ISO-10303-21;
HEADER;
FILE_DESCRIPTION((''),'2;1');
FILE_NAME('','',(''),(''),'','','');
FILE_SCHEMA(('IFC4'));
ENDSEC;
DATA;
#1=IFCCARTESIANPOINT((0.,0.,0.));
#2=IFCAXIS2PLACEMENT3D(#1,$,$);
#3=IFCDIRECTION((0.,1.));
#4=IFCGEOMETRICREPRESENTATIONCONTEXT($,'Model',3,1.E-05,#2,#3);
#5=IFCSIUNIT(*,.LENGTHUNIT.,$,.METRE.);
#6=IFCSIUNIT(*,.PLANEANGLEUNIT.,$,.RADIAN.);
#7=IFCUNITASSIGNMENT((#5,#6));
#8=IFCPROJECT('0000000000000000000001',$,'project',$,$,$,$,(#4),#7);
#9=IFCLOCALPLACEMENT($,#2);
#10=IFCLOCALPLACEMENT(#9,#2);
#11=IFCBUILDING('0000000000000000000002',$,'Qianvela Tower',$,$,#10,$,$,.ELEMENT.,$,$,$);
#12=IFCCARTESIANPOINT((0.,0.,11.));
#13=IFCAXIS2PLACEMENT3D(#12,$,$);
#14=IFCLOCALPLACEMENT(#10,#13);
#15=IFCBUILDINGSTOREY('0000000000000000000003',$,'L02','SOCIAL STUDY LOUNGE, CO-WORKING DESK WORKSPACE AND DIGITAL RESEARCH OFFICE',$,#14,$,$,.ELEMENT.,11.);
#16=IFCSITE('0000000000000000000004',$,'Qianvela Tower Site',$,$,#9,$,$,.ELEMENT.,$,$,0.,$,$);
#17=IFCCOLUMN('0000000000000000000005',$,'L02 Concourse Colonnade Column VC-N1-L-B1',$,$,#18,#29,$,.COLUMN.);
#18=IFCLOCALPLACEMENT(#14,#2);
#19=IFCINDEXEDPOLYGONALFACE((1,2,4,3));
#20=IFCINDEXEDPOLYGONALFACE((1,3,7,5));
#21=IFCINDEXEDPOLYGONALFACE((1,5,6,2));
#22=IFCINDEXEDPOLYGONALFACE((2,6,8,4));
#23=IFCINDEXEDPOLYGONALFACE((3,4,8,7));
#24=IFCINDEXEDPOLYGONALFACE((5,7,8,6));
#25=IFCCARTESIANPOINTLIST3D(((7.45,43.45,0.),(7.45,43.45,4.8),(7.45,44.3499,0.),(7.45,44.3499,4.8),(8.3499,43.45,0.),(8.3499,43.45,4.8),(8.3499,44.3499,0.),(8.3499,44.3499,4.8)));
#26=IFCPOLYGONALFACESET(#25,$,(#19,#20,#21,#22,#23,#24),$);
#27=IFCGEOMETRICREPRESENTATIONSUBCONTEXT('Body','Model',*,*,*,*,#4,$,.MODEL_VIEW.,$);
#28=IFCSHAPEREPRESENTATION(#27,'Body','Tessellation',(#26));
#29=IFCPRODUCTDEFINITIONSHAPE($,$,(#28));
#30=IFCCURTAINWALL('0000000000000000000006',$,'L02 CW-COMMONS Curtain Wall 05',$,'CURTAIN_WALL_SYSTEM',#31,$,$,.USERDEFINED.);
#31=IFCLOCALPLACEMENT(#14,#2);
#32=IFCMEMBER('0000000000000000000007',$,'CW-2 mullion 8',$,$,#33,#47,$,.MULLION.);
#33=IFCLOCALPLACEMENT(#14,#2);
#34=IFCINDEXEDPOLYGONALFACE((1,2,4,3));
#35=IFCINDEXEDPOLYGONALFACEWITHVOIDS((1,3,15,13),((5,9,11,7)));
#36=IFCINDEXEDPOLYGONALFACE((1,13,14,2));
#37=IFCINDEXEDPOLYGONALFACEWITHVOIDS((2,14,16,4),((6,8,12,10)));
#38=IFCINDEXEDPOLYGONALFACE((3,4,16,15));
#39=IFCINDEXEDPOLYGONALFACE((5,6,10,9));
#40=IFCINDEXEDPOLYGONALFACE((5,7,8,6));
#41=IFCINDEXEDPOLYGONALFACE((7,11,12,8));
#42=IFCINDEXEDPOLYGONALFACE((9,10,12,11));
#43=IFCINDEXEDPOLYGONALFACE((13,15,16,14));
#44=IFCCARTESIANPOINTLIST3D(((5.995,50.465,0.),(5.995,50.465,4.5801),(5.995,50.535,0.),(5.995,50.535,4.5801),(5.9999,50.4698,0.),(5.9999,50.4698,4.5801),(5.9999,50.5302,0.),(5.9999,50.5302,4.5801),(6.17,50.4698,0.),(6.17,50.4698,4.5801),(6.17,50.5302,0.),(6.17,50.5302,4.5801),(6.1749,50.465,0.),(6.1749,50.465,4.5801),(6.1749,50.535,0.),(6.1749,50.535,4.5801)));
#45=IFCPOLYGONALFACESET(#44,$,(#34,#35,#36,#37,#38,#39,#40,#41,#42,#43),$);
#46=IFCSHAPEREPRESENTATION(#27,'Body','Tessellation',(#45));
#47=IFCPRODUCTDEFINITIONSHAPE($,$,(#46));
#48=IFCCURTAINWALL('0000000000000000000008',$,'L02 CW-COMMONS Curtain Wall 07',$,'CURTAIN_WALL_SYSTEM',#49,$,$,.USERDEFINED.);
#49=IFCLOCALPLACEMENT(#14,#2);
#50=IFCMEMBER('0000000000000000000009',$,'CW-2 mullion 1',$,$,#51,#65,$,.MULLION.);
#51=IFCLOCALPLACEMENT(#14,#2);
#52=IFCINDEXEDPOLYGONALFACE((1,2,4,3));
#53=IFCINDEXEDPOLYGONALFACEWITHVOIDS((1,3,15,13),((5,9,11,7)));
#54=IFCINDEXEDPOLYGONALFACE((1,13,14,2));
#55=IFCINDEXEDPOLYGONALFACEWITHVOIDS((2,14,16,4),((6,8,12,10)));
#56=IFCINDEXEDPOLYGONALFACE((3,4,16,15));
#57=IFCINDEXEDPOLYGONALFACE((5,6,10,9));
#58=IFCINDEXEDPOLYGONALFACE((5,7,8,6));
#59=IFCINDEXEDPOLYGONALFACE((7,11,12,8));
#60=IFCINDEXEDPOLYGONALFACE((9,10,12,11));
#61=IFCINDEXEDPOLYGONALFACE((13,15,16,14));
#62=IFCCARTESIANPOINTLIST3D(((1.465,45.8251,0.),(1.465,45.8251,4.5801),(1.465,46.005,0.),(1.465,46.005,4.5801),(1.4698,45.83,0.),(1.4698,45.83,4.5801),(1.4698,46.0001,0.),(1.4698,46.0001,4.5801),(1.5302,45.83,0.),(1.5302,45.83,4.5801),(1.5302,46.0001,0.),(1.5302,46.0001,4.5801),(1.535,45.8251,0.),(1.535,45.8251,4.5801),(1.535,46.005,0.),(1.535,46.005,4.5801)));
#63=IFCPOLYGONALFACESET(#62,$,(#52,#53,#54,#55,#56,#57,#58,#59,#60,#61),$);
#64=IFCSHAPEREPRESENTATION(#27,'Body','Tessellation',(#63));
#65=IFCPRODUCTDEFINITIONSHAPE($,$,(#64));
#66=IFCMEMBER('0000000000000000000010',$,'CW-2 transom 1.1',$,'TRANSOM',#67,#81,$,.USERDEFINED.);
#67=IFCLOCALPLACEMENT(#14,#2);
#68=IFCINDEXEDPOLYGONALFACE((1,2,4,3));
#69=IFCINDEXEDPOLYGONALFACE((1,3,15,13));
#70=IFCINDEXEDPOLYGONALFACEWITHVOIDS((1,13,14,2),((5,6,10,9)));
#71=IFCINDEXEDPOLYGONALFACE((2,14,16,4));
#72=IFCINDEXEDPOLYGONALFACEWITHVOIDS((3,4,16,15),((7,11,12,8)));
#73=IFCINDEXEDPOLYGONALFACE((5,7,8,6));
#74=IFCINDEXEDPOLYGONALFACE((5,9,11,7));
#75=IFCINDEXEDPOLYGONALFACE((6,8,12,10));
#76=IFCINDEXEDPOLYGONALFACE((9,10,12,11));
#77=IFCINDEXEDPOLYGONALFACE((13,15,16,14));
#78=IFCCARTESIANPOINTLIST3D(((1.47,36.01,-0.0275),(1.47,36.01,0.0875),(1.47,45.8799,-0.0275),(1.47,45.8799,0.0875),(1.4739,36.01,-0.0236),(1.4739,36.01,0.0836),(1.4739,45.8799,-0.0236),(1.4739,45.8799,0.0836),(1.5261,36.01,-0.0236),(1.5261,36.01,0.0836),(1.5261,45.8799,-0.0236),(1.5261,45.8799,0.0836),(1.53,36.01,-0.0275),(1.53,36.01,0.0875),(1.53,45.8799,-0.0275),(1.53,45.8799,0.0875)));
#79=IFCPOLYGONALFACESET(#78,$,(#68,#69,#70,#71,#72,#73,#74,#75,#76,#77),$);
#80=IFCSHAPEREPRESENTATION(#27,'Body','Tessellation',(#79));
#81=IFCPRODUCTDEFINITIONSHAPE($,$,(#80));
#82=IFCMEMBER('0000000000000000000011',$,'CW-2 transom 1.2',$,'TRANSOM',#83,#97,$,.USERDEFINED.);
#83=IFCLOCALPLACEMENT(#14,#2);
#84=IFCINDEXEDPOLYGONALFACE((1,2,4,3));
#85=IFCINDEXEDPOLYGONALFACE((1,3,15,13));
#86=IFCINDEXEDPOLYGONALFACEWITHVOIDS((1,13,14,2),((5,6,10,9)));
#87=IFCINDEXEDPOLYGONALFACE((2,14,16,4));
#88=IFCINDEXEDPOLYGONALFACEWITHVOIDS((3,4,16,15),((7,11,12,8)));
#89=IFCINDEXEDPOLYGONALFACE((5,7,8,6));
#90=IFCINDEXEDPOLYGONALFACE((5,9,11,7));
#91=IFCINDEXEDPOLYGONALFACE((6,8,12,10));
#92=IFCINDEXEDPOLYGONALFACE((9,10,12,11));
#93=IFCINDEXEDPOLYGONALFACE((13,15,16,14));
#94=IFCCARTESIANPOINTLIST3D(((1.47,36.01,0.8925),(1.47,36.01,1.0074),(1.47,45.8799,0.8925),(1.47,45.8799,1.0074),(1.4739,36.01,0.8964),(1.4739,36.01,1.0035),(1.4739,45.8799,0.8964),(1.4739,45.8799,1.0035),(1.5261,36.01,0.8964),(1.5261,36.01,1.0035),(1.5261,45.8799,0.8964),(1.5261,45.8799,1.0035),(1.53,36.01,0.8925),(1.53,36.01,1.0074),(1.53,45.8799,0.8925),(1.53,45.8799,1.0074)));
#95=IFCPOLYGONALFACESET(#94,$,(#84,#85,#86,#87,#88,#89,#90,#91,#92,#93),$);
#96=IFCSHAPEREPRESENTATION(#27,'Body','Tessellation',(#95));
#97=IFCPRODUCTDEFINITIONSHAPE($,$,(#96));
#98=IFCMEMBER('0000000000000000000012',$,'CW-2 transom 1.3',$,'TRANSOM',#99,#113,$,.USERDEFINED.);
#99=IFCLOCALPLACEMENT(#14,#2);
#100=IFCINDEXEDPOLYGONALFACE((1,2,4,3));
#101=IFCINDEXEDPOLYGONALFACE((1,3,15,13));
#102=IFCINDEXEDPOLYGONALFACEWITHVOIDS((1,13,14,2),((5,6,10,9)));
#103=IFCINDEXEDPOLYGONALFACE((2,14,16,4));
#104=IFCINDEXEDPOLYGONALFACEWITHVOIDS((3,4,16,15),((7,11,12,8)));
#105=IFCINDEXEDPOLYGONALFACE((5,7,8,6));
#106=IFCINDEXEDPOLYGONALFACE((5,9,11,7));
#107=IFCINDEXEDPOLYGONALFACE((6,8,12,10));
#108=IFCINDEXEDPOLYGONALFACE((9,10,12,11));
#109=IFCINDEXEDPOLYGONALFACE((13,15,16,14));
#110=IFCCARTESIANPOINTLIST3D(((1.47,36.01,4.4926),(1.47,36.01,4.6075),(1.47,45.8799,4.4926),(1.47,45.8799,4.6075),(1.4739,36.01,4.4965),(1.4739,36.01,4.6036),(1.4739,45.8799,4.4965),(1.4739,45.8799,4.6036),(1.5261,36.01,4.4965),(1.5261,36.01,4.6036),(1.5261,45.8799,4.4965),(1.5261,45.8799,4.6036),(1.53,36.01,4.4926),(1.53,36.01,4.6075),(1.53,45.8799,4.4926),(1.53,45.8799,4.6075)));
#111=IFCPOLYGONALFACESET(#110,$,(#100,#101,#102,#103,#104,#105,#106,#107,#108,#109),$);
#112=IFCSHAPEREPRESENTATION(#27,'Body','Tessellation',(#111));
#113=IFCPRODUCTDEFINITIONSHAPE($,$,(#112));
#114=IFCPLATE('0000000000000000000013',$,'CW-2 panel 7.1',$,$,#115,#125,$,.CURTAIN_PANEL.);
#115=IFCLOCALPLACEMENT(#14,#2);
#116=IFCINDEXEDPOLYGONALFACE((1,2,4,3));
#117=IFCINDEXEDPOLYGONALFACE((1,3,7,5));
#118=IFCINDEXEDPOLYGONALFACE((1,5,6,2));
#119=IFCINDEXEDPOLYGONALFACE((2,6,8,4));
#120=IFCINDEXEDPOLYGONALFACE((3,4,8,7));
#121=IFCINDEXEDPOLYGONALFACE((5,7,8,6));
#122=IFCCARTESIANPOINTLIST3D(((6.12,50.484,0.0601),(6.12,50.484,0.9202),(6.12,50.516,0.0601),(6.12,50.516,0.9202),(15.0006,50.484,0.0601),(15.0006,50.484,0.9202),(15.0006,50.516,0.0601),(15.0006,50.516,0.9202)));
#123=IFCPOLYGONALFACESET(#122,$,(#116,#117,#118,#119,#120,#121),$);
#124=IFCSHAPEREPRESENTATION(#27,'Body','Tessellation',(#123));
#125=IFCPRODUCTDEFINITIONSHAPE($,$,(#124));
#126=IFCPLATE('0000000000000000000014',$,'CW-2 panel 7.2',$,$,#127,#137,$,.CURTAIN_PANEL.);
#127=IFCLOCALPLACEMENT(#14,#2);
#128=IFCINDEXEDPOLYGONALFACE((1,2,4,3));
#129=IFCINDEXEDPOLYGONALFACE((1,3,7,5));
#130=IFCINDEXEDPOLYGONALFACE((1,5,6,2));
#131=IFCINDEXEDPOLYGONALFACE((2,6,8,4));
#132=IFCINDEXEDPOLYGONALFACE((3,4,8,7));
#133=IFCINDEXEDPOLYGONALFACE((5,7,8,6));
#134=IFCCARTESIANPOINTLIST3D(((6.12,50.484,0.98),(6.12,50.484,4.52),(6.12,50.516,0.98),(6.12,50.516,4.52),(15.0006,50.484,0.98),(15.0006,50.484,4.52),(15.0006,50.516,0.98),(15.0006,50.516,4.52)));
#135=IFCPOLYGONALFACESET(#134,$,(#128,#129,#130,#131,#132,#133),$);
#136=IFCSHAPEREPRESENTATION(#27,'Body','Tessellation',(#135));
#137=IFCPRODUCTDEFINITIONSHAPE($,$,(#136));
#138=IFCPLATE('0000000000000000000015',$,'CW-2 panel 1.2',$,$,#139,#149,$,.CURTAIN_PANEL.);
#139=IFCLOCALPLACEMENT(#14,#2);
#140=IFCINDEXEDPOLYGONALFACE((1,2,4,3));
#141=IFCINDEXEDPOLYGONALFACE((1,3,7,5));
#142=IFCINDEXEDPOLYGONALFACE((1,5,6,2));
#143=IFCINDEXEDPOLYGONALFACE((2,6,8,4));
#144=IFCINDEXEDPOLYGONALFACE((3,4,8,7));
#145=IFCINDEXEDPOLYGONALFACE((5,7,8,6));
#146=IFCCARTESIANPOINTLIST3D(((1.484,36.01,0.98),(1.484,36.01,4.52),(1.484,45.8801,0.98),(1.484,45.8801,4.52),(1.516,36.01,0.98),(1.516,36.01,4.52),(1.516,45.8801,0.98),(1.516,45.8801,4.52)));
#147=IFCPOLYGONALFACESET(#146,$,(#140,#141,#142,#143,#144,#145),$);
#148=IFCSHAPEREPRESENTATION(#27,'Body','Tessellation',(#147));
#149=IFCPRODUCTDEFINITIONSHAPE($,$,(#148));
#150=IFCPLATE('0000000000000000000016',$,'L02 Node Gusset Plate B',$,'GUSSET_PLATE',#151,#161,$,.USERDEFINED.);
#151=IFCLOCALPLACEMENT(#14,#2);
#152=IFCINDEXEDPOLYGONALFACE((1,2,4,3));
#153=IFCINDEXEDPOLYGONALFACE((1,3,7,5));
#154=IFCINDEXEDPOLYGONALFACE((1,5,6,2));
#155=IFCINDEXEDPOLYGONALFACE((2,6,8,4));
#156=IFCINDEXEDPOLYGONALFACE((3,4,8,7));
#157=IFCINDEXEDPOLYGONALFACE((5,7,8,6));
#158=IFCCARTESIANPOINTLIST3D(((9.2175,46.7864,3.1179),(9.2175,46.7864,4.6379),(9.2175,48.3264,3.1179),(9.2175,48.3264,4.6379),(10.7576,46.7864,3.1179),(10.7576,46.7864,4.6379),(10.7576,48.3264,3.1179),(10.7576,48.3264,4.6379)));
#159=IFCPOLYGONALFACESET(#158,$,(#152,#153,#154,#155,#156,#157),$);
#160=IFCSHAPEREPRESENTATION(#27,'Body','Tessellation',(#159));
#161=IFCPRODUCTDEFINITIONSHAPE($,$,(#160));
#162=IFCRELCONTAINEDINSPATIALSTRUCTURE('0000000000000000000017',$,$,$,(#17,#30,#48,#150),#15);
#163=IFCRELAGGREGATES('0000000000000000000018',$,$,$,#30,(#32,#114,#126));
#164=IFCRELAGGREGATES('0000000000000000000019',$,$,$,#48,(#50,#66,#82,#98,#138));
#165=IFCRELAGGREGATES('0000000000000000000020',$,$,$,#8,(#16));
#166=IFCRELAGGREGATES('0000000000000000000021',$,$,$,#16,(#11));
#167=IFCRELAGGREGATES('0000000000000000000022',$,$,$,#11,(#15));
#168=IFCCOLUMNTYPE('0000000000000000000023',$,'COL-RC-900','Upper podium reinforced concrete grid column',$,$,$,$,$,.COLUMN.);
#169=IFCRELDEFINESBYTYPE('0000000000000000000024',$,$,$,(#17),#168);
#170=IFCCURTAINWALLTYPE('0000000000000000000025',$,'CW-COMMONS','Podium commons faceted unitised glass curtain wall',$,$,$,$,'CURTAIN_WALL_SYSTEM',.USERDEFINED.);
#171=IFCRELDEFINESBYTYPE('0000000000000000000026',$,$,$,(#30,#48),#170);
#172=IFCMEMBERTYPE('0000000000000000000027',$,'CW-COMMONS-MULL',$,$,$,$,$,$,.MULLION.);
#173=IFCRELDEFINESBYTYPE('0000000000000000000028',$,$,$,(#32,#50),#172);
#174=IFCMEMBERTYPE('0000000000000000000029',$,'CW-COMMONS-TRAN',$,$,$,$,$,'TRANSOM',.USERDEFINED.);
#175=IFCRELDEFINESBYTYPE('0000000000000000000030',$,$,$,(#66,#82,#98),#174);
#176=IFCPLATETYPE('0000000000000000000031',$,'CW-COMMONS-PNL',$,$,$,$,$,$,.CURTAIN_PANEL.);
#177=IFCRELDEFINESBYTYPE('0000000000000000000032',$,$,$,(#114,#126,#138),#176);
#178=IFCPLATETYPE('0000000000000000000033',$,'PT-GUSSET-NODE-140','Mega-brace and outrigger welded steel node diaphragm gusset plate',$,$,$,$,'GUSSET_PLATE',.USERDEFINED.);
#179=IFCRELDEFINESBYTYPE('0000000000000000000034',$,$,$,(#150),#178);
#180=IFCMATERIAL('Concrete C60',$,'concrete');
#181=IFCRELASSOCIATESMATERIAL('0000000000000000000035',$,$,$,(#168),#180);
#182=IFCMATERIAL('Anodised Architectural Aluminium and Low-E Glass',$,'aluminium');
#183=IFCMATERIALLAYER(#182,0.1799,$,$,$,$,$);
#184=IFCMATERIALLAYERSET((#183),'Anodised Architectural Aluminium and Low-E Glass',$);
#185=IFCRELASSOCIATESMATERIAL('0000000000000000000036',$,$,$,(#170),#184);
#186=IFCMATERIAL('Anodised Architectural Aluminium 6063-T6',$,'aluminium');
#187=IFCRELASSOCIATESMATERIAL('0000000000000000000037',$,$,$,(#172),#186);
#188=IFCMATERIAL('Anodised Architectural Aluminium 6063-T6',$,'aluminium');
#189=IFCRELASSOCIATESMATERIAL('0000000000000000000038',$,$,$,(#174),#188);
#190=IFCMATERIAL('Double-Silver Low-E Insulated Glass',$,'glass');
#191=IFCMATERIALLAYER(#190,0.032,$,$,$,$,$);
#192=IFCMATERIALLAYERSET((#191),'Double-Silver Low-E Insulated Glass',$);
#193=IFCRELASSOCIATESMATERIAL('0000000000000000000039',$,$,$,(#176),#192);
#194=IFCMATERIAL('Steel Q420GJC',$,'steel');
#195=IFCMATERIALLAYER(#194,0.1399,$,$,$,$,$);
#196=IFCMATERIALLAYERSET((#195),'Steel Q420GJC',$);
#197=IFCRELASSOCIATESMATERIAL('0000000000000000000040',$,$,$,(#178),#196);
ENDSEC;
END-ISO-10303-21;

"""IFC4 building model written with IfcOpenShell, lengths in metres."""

from ifc_helpers import new_model, si_unit, direction, frame, origin, origin_2d, place, context, subcontext, project, spatial, rectangle, hollow_rectangle, extrude, material, layer, layer_set, material_profile, profile_set, type_object, element, aggregate, save


model = new_model("IFC4")

# Units and contexts
model_context = context("Model", 3, precision=1e-05, world=origin(), true_north=direction((0.0, 1.0)))
body_context = subcontext(model_context, "Body", "Model", "MODEL_VIEW")
ifc_project = project(units=[si_unit("LENGTHUNIT", "METRE"), si_unit("PLANEANGLEUNIT", "RADIAN")], contexts=[model_context])

# Site, building, storey
site_placement = place(None, origin())
site = spatial("IfcSite", under=ifc_project, at=site_placement, Name="Qianvela Tower Site", CompositionType="ELEMENT", RefElevation=0.0)
building_placement = place(site_placement, origin())
building = spatial("IfcBuilding", under=site, at=building_placement, Name="Qianvela Tower", CompositionType="ELEMENT")
storey_placement = place(building_placement, frame((0.0, 0.0, 11.0)))
storey = spatial("IfcBuildingStorey", under=building, at=storey_placement, Name="L02", Description="SOCIAL STUDY LOUNGE, CO-WORKING DESK WORKSPACE AND DIGITAL RESEARCH OFFICE", CompositionType="ELEMENT", Elevation=11.0)

# Column
ifc_material_1 = material(Name="Concrete C60", Category="concrete")
ifc_material_profile_1 = material_profile(ifc_material_1, rectangle(XDim=0.8999, YDim=0.8999, at=origin_2d()), Name="RC-COL-900x900")
ifc_profile_set_1 = profile_set([ifc_material_profile_1], Name="Concrete C60")
column_type = type_object("IfcColumnType", Name="COL-RC-900", Description="Upper podium reinforced concrete grid column", PredefinedType="COLUMN", material=ifc_profile_set_1)
column_placement = place(storey_placement, frame((7.8999, 43.8999, 0.0), z_axis=(0.0, 0.0, 1.0), x_axis=(1.0, 0.0, 0.0)))
element("IfcColumn", 1, at=column_placement, inside=storey, type_object=column_type, Name="L02 Concourse Colonnade Column VC-N1-L-B1", PredefinedType="COLUMN", context=body_context, shape_type="SweptSolid", body=[
    extrude(rectangle(XDim=0.8999, YDim=0.8999, at=origin_2d()), origin(), (0.0, 0.0, 1.0), 4.8),
])

# Curtain wall, member
ifc_material_2 = material(Name="Anodised Architectural Aluminium and Low-E Glass", Category="aluminium")
ifc_layer_1 = layer(ifc_material_2, 0.1799)
ifc_layer_set_1 = layer_set([ifc_layer_1], Name="Anodised Architectural Aluminium and Low-E Glass")
curtain_wall_type = type_object("IfcCurtainWallType", Name="CW-COMMONS", Description="Podium commons faceted unitised glass curtain wall", ElementType="CURTAIN_WALL_SYSTEM", PredefinedType="USERDEFINED", material=ifc_layer_set_1)
curtain_wall_1_placement = place(storey_placement, origin())
curtain_wall_1 = element("IfcCurtainWall", 2, at=curtain_wall_1_placement, inside=storey, type_object=curtain_wall_type, Name="L02 CW-COMMONS Curtain Wall 05", ObjectType="CURTAIN_WALL_SYSTEM", PredefinedType="USERDEFINED")
ifc_material_3 = material(Name="Anodised Architectural Aluminium 6063-T6", Category="aluminium")
ifc_material_profile_2 = material_profile(ifc_material_3, hollow_rectangle(XDim=0.0701, YDim=0.1799, WallThickness=0.0049, at=origin_2d()), Name="ALU-MULL-70x180")
ifc_profile_set_2 = profile_set([ifc_material_profile_2], Name="Anodised Architectural Aluminium 6063-T6")
member_type_1 = type_object("IfcMemberType", Name="CW-COMMONS-MULL", PredefinedType="MULLION", material=ifc_profile_set_2)
member_1_placement = place(storey_placement, frame((6.085, 50.5, 0.0), z_axis=(0.0, 0.0, 1.0), x_axis=(0.0, -1.0, 0.0)))
member_1 = element("IfcMember", 3, at=member_1_placement, type_object=member_type_1, Name="CW-2 mullion 8", PredefinedType="MULLION", context=body_context, shape_type="SweptSolid", body=[
    extrude(hollow_rectangle(XDim=0.0701, YDim=0.1799, WallThickness=0.0049, at=origin_2d()), origin(), (0.0, 0.0, 1.0), 4.5801),
])

# Curtain wall, members
curtain_wall_2_placement = place(storey_placement, origin())
curtain_wall_2 = element("IfcCurtainWall", 4, at=curtain_wall_2_placement, inside=storey, type_object=curtain_wall_type, Name="L02 CW-COMMONS Curtain Wall 07", ObjectType="CURTAIN_WALL_SYSTEM", PredefinedType="USERDEFINED")
member_2_placement = place(storey_placement, frame((1.5, 45.915, 0.0), z_axis=(0.0, 0.0, 1.0), x_axis=(1.0, 0.0, 0.0)))
member_2 = element("IfcMember", 5, at=member_2_placement, type_object=member_type_1, Name="CW-2 mullion 1", PredefinedType="MULLION", context=body_context, shape_type="SweptSolid", body=[
    extrude(hollow_rectangle(XDim=0.0701, YDim=0.1799, WallThickness=0.0049, at=origin_2d()), origin(), (0.0, 0.0, 1.0), 4.5801),
])
ifc_material_4 = material(Name="Anodised Architectural Aluminium 6063-T6", Category="aluminium")
ifc_material_profile_3 = material_profile(ifc_material_4, hollow_rectangle(XDim=0.0601, YDim=0.115, WallThickness=0.0039, at=origin_2d()), Name="ALU-TRAN-60x115")
ifc_profile_set_3 = profile_set([ifc_material_profile_3], Name="Anodised Architectural Aluminium 6063-T6")
member_type_2 = type_object("IfcMemberType", Name="CW-COMMONS-TRAN", ElementType="TRANSOM", PredefinedType="USERDEFINED", material=ifc_profile_set_3)
member_3_placement = place(storey_placement, frame((1.5, 45.8799, 0.03), z_axis=(0.0, -1.0, 0.0), x_axis=(1.0, 0.0, 0.0)))
member_3 = element("IfcMember", 6, at=member_3_placement, type_object=member_type_2, Name="CW-2 transom 1.1", ObjectType="TRANSOM", PredefinedType="USERDEFINED", context=body_context, shape_type="SweptSolid", body=[
    extrude(hollow_rectangle(XDim=0.0601, YDim=0.115, WallThickness=0.0039, at=origin_2d()), origin(), (0.0, 0.0, 1.0), 9.8699),
])
member_4_placement = place(storey_placement, frame((1.5, 45.8799, 0.95), z_axis=(0.0, -1.0, 0.0), x_axis=(1.0, 0.0, 0.0)))
member_4 = element("IfcMember", 7, at=member_4_placement, type_object=member_type_2, Name="CW-2 transom 1.2", ObjectType="TRANSOM", PredefinedType="USERDEFINED", context=body_context, shape_type="SweptSolid", body=[
    extrude(hollow_rectangle(XDim=0.0601, YDim=0.115, WallThickness=0.0039, at=origin_2d()), origin(), (0.0, 0.0, 1.0), 9.8699),
])
member_5_placement = place(storey_placement, frame((1.5, 45.8799, 4.55), z_axis=(0.0, -1.0, 0.0), x_axis=(1.0, 0.0, 0.0)))
member_5 = element("IfcMember", 8, at=member_5_placement, type_object=member_type_2, Name="CW-2 transom 1.3", ObjectType="TRANSOM", PredefinedType="USERDEFINED", context=body_context, shape_type="SweptSolid", body=[
    extrude(hollow_rectangle(XDim=0.0601, YDim=0.115, WallThickness=0.0039, at=origin_2d()), origin(), (0.0, 0.0, 1.0), 9.8699),
])

# Plates
ifc_material_5 = material(Name="Double-Silver Low-E Insulated Glass", Category="glass")
ifc_layer_2 = layer(ifc_material_5, 0.032)
ifc_layer_set_2 = layer_set([ifc_layer_2], Name="Double-Silver Low-E Insulated Glass")
plate_type_1 = type_object("IfcPlateType", Name="CW-COMMONS-PNL", PredefinedType="CURTAIN_PANEL", material=ifc_layer_set_2)
plate_1_placement = place(storey_placement, frame((10.5603, 50.5, 0.0601), z_axis=(0.0, 0.0, 1.0), x_axis=(-1.0, 0.0, 0.0)))
plate_1 = element("IfcPlate", 9, at=plate_1_placement, type_object=plate_type_1, Name="CW-2 panel 7.1", PredefinedType="CURTAIN_PANEL", context=body_context, shape_type="SweptSolid", body=[
    extrude(rectangle(XDim=8.8806, YDim=0.032, at=origin_2d()), origin(), (0.0, 0.0, 1.0), 0.8601),
])
plate_2_placement = place(storey_placement, frame((10.5603, 50.5, 0.98), z_axis=(0.0, 0.0, 1.0), x_axis=(-1.0, 0.0, 0.0)))
plate_2 = element("IfcPlate", 10, at=plate_2_placement, type_object=plate_type_1, Name="CW-2 panel 7.2", PredefinedType="CURTAIN_PANEL", context=body_context, shape_type="SweptSolid", body=[
    extrude(rectangle(XDim=8.8806, YDim=0.032, at=origin_2d()), origin(), (0.0, 0.0, 1.0), 3.54),
])
aggregate(curtain_wall_1, [member_1, plate_1, plate_2])
plate_3_placement = place(storey_placement, frame((1.5, 40.9451, 0.98), z_axis=(0.0, 0.0, 1.0), x_axis=(0.0, -1.0, 0.0)))
plate_3 = element("IfcPlate", 11, at=plate_3_placement, type_object=plate_type_1, Name="CW-2 panel 1.2", PredefinedType="CURTAIN_PANEL", context=body_context, shape_type="SweptSolid", body=[
    extrude(rectangle(XDim=9.8701, YDim=0.032, at=origin_2d()), origin(), (0.0, 0.0, 1.0), 3.54),
])
aggregate(curtain_wall_2, [member_2, member_3, member_4, member_5, plate_3])
ifc_material_6 = material(Name="Steel Q420GJC", Category="steel")
ifc_layer_3 = layer(ifc_material_6, 0.1399)
ifc_layer_set_3 = layer_set([ifc_layer_3], Name="Steel Q420GJC")
plate_type_2 = type_object("IfcPlateType", Name="PT-GUSSET-NODE-140", Description="Mega-brace and outrigger welded steel node diaphragm gusset plate", ElementType="GUSSET_PLATE", PredefinedType="USERDEFINED", material=ifc_layer_set_3)
plate_4_placement = place(storey_placement, frame((9.9875, 47.5564, 3.1179), z_axis=(0.0, 0.0, 1.0), x_axis=(1.0, 0.0, 0.0)))
element("IfcPlate", 12, at=plate_4_placement, inside=storey, type_object=plate_type_2, Name="L02 Node Gusset Plate B", ObjectType="GUSSET_PLATE", PredefinedType="USERDEFINED", context=body_context, shape_type="SweptSolid", body=[
    extrude(rectangle(XDim=1.54, YDim=1.54, at=origin_2d()), origin(), (0.0, 0.0, 1.0), 1.52),
])

save(model, "model.ifc")
